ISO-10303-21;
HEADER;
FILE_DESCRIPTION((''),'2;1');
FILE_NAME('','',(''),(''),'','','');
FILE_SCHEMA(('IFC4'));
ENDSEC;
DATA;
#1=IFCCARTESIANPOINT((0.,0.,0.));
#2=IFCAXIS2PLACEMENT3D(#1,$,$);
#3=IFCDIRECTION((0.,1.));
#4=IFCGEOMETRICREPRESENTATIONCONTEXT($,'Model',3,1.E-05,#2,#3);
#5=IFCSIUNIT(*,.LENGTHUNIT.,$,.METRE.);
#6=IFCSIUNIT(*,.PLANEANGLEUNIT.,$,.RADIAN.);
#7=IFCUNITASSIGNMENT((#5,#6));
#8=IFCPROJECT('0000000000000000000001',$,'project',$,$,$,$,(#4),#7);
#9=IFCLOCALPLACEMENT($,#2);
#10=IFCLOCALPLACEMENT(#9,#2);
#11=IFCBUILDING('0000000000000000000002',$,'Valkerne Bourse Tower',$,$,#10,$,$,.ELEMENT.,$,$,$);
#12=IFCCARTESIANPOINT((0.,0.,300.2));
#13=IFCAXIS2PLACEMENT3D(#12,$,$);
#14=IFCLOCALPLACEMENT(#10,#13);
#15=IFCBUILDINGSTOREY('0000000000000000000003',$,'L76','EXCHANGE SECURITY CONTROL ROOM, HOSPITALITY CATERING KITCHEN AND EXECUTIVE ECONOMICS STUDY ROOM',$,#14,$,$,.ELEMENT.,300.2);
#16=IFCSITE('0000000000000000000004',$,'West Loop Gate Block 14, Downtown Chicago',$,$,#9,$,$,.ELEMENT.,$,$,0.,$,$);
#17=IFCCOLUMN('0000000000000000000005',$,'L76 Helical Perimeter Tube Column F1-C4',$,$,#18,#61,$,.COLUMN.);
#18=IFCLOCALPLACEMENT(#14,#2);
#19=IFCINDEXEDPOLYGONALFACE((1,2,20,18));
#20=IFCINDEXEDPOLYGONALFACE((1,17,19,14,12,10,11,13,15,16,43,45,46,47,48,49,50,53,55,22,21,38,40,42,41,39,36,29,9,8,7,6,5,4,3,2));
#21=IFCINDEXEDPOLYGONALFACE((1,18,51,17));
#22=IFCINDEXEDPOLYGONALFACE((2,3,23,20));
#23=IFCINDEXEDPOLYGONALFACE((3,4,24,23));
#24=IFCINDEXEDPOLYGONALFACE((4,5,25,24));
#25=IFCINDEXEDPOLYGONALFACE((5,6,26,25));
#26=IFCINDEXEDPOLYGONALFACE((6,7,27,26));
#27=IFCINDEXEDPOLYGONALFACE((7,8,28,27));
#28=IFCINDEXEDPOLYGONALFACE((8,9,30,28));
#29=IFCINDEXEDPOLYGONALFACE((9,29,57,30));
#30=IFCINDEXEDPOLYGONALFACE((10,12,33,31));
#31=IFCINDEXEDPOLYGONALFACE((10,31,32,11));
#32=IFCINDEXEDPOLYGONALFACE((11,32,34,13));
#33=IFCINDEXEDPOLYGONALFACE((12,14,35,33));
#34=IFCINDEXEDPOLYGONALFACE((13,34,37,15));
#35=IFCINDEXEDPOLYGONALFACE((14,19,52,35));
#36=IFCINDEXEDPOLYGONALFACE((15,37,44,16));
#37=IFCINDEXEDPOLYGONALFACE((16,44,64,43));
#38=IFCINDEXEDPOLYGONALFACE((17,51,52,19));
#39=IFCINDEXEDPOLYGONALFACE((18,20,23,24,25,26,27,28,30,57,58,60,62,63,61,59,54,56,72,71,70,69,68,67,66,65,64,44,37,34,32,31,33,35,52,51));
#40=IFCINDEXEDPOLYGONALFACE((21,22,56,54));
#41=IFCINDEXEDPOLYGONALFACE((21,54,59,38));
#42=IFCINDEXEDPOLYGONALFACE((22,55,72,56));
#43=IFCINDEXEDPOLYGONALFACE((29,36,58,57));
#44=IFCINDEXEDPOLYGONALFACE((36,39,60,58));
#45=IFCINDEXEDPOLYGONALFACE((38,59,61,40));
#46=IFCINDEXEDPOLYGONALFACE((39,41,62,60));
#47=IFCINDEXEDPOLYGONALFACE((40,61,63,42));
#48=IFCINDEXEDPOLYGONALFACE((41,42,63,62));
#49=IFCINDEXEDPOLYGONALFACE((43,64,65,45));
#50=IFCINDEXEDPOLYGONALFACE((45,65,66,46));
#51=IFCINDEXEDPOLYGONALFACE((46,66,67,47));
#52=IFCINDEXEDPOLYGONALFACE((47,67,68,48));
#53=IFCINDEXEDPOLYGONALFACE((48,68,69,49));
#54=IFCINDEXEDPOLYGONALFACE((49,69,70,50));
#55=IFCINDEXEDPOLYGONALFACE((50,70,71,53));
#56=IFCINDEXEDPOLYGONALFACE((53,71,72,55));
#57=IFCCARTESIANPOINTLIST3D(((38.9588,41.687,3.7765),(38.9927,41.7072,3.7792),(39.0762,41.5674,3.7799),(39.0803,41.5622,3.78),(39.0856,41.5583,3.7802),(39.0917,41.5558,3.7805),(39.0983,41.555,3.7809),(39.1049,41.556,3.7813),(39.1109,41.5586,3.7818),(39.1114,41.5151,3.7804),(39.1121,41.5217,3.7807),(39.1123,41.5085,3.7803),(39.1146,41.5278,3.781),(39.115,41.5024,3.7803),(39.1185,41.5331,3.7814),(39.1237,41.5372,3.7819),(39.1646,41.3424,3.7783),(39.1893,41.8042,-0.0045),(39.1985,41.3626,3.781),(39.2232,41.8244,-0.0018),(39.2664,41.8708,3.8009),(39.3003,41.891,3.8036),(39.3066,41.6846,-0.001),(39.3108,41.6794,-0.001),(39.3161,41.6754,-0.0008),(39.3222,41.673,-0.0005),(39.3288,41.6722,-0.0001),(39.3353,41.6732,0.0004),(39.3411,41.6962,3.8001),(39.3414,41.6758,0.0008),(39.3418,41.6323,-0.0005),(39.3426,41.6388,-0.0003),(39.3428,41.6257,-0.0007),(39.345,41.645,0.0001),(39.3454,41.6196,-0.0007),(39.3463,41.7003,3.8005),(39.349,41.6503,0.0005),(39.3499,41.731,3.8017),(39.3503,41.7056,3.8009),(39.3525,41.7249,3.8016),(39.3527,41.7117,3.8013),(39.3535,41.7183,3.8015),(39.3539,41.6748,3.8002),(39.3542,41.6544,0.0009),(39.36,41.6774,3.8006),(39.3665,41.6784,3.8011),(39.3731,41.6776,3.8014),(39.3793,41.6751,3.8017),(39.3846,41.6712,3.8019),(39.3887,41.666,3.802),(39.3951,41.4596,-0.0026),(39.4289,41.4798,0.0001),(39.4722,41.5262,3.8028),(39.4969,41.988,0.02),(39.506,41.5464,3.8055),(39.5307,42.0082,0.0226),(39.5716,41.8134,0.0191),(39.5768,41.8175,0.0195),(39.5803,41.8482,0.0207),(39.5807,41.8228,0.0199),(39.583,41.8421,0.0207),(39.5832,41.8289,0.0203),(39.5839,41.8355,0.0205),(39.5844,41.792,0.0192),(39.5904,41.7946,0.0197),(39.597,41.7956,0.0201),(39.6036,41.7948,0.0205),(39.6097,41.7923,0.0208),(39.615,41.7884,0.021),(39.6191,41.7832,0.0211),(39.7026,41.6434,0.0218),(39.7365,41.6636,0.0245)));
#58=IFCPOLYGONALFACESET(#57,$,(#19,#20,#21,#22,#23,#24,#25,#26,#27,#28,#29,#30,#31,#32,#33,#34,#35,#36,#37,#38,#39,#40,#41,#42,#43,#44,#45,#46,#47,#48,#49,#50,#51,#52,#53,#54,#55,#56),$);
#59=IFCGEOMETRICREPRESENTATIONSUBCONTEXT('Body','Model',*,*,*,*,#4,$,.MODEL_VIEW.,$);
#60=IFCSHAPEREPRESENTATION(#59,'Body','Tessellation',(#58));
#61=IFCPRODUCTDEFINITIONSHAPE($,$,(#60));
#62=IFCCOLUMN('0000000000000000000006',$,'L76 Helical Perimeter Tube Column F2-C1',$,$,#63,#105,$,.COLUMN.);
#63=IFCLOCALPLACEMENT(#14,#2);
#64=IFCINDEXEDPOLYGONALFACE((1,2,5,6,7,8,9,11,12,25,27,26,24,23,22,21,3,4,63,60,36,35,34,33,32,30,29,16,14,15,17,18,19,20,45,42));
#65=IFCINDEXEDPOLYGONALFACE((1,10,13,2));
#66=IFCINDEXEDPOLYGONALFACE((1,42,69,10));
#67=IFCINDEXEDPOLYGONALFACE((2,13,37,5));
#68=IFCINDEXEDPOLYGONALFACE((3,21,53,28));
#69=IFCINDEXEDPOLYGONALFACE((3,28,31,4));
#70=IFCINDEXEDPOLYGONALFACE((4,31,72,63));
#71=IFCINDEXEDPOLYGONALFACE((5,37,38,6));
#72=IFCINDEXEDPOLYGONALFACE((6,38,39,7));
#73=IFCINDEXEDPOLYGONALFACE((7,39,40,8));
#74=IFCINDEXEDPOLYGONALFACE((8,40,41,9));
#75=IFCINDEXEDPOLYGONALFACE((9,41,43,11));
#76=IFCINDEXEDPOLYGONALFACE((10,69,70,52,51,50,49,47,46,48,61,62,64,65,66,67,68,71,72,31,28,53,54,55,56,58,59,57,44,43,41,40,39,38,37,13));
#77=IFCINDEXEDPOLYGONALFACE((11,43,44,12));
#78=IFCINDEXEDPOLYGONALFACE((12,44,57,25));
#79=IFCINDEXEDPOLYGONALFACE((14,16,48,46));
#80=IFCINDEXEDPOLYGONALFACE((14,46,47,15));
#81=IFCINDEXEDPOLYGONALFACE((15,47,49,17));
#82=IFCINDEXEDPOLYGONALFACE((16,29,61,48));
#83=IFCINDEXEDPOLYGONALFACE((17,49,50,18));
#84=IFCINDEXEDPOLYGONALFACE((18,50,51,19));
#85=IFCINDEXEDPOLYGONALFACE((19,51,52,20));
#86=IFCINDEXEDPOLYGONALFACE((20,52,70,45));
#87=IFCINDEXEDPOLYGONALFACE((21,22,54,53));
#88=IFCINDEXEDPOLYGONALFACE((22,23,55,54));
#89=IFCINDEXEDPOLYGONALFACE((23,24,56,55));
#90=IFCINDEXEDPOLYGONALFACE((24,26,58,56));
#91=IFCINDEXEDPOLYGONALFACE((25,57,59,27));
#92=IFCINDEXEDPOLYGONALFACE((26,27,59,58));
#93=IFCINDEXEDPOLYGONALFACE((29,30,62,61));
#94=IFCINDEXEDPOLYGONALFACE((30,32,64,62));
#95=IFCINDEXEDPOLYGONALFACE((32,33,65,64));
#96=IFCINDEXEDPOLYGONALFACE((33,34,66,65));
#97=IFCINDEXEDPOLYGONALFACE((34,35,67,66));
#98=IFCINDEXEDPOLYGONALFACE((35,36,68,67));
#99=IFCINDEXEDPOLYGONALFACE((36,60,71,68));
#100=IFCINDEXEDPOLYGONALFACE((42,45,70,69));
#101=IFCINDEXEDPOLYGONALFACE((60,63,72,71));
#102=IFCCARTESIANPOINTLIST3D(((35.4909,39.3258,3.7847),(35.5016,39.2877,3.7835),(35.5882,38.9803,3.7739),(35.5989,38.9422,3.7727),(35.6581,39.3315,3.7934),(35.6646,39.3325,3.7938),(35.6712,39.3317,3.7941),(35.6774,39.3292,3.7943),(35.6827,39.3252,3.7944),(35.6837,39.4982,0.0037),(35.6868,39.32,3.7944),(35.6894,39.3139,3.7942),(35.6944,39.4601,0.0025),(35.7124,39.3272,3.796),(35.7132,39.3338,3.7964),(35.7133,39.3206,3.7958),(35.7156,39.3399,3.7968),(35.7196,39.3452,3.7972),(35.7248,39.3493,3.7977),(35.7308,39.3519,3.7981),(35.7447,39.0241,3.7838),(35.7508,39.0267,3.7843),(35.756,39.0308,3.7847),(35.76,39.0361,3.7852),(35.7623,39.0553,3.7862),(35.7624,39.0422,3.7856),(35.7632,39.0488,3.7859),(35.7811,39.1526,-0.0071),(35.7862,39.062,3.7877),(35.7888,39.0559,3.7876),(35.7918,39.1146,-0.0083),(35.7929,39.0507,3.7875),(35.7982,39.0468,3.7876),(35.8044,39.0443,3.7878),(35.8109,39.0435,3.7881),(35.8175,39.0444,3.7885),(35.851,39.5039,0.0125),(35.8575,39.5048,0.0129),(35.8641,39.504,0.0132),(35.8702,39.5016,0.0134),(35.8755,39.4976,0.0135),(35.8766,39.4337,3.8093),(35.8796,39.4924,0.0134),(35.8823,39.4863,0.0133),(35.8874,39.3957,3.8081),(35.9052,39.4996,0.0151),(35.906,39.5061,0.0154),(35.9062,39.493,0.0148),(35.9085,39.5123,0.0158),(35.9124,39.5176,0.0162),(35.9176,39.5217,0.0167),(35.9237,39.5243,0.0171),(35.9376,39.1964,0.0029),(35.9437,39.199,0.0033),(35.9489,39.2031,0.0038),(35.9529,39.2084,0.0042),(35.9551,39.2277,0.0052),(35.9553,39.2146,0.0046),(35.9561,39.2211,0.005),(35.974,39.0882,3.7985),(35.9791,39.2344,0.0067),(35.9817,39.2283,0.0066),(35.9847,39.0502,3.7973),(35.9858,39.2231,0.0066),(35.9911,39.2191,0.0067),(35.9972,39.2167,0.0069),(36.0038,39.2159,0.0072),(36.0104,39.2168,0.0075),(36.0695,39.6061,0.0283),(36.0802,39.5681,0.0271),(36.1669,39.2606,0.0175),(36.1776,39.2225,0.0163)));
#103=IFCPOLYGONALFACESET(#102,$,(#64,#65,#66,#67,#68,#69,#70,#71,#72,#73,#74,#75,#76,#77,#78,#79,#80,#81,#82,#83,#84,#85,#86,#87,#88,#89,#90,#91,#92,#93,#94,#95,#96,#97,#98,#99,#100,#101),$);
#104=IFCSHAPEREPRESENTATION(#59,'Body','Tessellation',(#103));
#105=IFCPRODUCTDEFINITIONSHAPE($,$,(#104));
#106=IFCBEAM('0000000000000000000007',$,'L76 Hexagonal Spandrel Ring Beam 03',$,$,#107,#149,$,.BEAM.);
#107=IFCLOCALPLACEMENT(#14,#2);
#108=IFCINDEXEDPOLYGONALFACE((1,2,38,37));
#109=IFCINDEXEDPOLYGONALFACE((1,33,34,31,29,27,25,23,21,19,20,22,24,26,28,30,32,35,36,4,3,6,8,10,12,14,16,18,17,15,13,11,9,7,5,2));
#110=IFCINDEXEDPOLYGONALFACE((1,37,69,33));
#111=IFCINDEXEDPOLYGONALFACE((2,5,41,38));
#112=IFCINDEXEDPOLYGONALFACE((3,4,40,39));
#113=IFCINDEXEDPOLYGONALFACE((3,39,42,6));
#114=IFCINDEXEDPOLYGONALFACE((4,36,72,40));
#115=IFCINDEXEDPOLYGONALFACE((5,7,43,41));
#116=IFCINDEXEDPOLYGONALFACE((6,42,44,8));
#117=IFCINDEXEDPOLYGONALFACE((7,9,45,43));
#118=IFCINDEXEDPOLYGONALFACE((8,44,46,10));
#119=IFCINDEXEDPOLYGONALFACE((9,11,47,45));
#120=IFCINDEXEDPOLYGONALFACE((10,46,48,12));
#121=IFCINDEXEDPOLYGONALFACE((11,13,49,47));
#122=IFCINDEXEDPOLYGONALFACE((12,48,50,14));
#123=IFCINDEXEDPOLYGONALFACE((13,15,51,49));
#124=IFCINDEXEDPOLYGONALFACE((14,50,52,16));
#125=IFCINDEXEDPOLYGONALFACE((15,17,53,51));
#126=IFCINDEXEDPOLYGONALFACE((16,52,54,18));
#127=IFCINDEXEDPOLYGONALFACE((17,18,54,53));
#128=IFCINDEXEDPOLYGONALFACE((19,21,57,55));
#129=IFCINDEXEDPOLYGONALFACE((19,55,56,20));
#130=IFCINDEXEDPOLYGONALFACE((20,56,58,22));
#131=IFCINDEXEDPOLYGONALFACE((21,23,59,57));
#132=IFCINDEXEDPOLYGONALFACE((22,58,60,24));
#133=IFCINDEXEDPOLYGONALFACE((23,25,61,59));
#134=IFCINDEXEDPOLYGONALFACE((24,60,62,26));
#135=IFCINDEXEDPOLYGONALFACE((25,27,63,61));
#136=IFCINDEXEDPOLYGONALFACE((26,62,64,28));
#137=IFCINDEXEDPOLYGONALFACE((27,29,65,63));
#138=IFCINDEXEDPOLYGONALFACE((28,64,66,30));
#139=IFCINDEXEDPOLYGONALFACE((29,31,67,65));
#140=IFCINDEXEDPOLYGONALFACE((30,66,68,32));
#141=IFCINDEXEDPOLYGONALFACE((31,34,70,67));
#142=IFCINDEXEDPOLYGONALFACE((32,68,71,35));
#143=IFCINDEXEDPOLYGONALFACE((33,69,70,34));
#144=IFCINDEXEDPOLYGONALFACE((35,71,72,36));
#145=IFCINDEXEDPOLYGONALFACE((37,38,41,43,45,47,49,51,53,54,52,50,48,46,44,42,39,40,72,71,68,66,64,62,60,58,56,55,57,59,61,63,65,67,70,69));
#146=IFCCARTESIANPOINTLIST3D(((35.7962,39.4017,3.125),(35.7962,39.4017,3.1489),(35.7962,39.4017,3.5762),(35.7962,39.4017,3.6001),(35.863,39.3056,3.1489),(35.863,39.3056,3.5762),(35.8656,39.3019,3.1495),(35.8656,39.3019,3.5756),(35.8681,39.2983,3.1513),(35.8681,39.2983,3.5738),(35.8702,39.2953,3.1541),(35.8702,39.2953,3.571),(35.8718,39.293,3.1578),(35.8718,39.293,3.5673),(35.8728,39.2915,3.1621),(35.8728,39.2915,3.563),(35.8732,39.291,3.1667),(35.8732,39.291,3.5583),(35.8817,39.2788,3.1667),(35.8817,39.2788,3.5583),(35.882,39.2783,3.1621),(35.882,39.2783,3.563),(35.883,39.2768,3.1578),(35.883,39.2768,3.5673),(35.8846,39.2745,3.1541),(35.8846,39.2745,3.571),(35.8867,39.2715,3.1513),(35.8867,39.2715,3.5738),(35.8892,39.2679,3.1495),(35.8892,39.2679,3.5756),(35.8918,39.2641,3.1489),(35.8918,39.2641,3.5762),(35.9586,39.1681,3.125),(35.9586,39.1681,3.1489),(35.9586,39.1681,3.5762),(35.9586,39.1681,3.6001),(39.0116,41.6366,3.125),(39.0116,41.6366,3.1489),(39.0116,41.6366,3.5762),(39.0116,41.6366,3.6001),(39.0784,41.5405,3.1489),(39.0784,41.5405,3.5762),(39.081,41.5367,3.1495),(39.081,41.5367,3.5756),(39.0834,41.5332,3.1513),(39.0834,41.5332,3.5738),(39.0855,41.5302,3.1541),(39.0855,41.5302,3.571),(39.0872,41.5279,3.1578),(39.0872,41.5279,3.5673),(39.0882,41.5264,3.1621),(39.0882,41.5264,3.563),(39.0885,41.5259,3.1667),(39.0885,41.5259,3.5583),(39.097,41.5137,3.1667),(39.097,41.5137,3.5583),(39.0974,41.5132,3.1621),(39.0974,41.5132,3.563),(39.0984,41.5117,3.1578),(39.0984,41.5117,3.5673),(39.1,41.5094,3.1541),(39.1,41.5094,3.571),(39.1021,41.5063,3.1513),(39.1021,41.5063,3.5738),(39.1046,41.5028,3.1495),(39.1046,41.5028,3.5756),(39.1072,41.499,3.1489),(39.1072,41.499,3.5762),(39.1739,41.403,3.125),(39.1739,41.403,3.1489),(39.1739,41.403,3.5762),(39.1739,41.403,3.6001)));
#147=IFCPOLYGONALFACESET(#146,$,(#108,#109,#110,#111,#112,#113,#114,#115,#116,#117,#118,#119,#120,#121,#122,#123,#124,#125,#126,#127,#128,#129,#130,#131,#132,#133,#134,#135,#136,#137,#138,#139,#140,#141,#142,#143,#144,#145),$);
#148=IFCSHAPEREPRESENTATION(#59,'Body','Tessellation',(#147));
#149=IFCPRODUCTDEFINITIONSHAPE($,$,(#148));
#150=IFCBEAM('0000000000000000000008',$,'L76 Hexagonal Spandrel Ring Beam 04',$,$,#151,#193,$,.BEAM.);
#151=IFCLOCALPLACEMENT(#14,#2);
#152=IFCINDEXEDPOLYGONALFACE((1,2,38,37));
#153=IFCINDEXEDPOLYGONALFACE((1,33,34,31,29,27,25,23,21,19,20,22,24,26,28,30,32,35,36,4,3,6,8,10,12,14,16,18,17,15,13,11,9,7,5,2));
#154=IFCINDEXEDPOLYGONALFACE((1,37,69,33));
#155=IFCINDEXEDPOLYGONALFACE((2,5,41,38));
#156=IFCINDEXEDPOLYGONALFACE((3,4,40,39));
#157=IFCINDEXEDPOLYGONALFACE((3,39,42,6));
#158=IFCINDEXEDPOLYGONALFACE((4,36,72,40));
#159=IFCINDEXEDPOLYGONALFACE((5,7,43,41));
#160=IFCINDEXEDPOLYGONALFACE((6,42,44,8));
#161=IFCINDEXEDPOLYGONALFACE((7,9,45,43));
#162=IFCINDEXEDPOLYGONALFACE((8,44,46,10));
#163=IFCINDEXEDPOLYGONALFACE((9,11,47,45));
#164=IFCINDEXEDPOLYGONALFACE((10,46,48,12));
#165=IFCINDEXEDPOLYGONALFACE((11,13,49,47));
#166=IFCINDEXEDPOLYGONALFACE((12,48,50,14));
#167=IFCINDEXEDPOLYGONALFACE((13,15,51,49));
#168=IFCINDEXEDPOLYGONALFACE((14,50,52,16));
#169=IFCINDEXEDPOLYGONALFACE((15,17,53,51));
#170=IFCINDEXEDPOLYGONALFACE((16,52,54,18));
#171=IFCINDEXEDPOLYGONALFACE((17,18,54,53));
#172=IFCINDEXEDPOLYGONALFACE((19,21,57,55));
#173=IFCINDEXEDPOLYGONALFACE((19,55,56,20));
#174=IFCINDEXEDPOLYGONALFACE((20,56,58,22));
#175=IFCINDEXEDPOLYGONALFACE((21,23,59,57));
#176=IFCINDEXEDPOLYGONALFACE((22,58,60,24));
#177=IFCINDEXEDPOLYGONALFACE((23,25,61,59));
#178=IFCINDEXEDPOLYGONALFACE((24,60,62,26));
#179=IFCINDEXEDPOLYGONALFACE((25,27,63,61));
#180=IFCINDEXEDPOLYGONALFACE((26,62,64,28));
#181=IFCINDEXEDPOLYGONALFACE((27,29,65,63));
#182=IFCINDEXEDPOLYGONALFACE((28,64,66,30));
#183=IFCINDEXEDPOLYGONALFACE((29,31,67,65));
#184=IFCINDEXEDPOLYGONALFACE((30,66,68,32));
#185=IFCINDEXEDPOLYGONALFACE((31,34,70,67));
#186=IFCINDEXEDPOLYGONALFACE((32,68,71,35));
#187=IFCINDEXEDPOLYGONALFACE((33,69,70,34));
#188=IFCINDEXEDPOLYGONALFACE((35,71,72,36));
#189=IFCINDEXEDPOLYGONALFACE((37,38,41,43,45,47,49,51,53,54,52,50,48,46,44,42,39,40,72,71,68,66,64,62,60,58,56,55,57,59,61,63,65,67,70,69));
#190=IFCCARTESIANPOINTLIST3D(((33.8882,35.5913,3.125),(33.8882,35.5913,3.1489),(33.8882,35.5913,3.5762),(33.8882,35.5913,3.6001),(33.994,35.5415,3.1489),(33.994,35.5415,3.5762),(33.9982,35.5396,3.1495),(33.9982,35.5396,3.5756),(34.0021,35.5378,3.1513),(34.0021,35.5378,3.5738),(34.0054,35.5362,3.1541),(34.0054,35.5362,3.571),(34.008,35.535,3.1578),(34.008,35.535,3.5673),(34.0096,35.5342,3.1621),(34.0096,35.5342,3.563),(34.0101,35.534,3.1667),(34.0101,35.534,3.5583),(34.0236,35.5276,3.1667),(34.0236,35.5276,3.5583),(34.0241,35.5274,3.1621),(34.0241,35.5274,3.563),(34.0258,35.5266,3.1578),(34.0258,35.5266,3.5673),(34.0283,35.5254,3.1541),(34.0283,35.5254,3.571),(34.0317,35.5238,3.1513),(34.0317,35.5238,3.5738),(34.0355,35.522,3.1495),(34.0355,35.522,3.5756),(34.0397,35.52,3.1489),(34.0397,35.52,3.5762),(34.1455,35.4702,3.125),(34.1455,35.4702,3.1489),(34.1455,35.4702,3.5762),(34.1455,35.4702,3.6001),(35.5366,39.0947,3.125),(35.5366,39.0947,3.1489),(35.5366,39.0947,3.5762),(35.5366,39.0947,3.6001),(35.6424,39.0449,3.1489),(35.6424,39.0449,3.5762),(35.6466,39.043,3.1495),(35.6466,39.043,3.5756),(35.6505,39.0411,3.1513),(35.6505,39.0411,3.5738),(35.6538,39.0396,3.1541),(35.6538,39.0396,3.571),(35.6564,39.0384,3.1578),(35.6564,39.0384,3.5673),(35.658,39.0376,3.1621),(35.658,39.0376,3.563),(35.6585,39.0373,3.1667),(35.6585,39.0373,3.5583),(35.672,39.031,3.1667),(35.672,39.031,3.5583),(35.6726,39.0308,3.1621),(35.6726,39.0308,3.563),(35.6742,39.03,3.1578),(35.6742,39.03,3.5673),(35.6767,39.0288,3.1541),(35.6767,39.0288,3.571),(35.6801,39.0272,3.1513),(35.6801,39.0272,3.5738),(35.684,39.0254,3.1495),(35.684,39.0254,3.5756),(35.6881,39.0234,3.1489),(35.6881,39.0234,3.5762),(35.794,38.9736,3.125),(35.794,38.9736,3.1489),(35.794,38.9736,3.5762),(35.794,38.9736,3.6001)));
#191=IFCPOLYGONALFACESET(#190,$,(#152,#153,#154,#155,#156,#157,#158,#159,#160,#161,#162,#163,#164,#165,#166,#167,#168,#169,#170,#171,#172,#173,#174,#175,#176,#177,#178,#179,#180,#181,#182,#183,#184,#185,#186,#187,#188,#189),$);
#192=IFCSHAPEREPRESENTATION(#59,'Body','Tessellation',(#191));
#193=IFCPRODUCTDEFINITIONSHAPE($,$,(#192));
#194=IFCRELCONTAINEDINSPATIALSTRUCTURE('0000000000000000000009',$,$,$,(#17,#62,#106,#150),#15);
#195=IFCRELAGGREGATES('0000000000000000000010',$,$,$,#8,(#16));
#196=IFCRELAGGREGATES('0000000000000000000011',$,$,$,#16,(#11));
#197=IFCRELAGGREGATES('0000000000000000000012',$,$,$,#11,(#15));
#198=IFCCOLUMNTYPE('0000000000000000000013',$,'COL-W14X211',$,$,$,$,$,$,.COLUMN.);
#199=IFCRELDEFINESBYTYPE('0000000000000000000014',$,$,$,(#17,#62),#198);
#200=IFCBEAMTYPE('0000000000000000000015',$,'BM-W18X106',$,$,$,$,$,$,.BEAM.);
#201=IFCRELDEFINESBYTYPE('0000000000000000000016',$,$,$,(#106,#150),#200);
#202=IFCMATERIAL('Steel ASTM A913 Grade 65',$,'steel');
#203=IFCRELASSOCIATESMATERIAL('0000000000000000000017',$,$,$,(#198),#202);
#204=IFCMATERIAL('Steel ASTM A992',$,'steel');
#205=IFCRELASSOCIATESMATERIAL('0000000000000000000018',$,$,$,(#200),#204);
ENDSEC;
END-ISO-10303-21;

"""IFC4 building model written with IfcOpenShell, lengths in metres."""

from ifc_helpers import new_model, si_unit, direction, frame, origin, origin_2d, place, context, subcontext, project, spatial, i_section, extrude, material, material_profile, profile_set, type_object, element, save


model = new_model("IFC4")

# Units and contexts
model_context = context("Model", 3, precision=1e-05, world=origin(), true_north=direction((0.0, 1.0)))
body_context = subcontext(model_context, "Body", "Model", "MODEL_VIEW")
ifc_project = project(units=[si_unit("LENGTHUNIT", "METRE"), si_unit("PLANEANGLEUNIT", "RADIAN")], contexts=[model_context])

# Site, building, storey
site_placement = place(None, origin())
site = spatial("IfcSite", under=ifc_project, at=site_placement, Name="West Loop Gate Block 14, Downtown Chicago", CompositionType="ELEMENT", RefElevation=0.0)
building_placement = place(site_placement, origin())
building = spatial("IfcBuilding", under=site, at=building_placement, Name="Valkerne Bourse Tower", CompositionType="ELEMENT")
storey_placement = place(building_placement, frame((0.0, 0.0, 300.2)))
storey = spatial("IfcBuildingStorey", under=building, at=storey_placement, Name="L76", Description="EXCHANGE SECURITY CONTROL ROOM, HOSPITALITY CATERING KITCHEN AND EXECUTIVE ECONOMICS STUDY ROOM", CompositionType="ELEMENT", Elevation=300.2)

# Columns
ifc_material_1 = material(Name="Steel ASTM A913 Grade 65", Category="steel")
ifc_material_profile_1 = material_profile(ifc_material_1, i_section(OverallWidth=0.4014, OverallDepth=0.3987, WebThickness=0.0249, FlangeThickness=0.0396, FilletRadius=0.0254, at=origin_2d()), Name="W14X211")
ifc_profile_set_1 = profile_set([ifc_material_profile_1], Name="Steel ASTM A913 Grade 65")
column_type = type_object("IfcColumnType", Name="COL-W14X211", PredefinedType="COLUMN", material=ifc_profile_set_1)
for number, where, z_axis, x_axis, name in (
    (1, (39.4629, 41.7339, 0.01), (-0.060812, -0.030922, 0.99767), (-0.512684, 0.858565, -0.00464), "L76 Helical Perimeter Tube Column F1-C4"),
    (2, (35.9307, 39.3604, 0.01), (-0.050892, -0.04548, 0.997668), (-0.961195, -0.268974, -0.061293), "L76 Helical Perimeter Tube Column F2-C1"),
):
    element("IfcColumn", number, at=place(storey_placement, frame(where, z_axis=z_axis, x_axis=x_axis)), inside=storey, type_object=column_type, Name=name, PredefinedType="COLUMN", context=body_context, shape_type="SweptSolid", body=[
        extrude(i_section(OverallWidth=0.4014, OverallDepth=0.3987, WebThickness=0.0249, FlangeThickness=0.0396, FilletRadius=0.0254, at=origin_2d()), origin(), (0.0, 0.0, 1.0), 3.7898),
    ])

# Beams
ifc_material_2 = material(Name="Steel ASTM A992", Category="steel")
ifc_material_profile_2 = material_profile(ifc_material_2, i_section(OverallWidth=0.2844, OverallDepth=0.4751, WebThickness=0.0149, FlangeThickness=0.0239, FilletRadius=0.0178, at=origin_2d()), Name="W18X106")
ifc_profile_set_2 = profile_set([ifc_material_profile_2], Name="Steel ASTM A992")
beam_type_1 = type_object("IfcBeamType", Name="BM-W18X106", PredefinedType="BEAM", material=ifc_profile_set_2)
beam_1_placement = place(storey_placement, frame((39.0928, 41.5198, 3.3625), z_axis=(-0.821131, -0.570739, 0.0), x_axis=(0.570739, -0.821131, 0.0)))
element("IfcBeam", 3, at=beam_1_placement, inside=storey, type_object=beam_type_1, Name="L76 Hexagonal Spandrel Ring Beam 03", PredefinedType="BEAM", context=body_context, shape_type="SweptSolid", body=[
    extrude(i_section(OverallWidth=0.2844, OverallDepth=0.4751, WebThickness=0.0149, FlangeThickness=0.0239, FilletRadius=0.0178, at=origin_2d()), origin(), (0.0, 0.0, 1.0), 3.9158),
])
beam_2_placement = place(storey_placement, frame((35.6653, 39.0342, 3.3625), z_axis=(-0.425748, -0.904842, 0.0), x_axis=(0.904842, -0.425748, 0.0)))
element("IfcBeam", 4, at=beam_2_placement, inside=storey, type_object=beam_type_1, Name="L76 Hexagonal Spandrel Ring Beam 04", PredefinedType="BEAM", context=body_context, shape_type="SweptSolid", body=[
    extrude(i_section(OverallWidth=0.2844, OverallDepth=0.4751, WebThickness=0.0149, FlangeThickness=0.0239, FilletRadius=0.0178, at=origin_2d()), origin(), (0.0, 0.0, 1.0), 3.8718),
])

save(model, "model.ifc")
